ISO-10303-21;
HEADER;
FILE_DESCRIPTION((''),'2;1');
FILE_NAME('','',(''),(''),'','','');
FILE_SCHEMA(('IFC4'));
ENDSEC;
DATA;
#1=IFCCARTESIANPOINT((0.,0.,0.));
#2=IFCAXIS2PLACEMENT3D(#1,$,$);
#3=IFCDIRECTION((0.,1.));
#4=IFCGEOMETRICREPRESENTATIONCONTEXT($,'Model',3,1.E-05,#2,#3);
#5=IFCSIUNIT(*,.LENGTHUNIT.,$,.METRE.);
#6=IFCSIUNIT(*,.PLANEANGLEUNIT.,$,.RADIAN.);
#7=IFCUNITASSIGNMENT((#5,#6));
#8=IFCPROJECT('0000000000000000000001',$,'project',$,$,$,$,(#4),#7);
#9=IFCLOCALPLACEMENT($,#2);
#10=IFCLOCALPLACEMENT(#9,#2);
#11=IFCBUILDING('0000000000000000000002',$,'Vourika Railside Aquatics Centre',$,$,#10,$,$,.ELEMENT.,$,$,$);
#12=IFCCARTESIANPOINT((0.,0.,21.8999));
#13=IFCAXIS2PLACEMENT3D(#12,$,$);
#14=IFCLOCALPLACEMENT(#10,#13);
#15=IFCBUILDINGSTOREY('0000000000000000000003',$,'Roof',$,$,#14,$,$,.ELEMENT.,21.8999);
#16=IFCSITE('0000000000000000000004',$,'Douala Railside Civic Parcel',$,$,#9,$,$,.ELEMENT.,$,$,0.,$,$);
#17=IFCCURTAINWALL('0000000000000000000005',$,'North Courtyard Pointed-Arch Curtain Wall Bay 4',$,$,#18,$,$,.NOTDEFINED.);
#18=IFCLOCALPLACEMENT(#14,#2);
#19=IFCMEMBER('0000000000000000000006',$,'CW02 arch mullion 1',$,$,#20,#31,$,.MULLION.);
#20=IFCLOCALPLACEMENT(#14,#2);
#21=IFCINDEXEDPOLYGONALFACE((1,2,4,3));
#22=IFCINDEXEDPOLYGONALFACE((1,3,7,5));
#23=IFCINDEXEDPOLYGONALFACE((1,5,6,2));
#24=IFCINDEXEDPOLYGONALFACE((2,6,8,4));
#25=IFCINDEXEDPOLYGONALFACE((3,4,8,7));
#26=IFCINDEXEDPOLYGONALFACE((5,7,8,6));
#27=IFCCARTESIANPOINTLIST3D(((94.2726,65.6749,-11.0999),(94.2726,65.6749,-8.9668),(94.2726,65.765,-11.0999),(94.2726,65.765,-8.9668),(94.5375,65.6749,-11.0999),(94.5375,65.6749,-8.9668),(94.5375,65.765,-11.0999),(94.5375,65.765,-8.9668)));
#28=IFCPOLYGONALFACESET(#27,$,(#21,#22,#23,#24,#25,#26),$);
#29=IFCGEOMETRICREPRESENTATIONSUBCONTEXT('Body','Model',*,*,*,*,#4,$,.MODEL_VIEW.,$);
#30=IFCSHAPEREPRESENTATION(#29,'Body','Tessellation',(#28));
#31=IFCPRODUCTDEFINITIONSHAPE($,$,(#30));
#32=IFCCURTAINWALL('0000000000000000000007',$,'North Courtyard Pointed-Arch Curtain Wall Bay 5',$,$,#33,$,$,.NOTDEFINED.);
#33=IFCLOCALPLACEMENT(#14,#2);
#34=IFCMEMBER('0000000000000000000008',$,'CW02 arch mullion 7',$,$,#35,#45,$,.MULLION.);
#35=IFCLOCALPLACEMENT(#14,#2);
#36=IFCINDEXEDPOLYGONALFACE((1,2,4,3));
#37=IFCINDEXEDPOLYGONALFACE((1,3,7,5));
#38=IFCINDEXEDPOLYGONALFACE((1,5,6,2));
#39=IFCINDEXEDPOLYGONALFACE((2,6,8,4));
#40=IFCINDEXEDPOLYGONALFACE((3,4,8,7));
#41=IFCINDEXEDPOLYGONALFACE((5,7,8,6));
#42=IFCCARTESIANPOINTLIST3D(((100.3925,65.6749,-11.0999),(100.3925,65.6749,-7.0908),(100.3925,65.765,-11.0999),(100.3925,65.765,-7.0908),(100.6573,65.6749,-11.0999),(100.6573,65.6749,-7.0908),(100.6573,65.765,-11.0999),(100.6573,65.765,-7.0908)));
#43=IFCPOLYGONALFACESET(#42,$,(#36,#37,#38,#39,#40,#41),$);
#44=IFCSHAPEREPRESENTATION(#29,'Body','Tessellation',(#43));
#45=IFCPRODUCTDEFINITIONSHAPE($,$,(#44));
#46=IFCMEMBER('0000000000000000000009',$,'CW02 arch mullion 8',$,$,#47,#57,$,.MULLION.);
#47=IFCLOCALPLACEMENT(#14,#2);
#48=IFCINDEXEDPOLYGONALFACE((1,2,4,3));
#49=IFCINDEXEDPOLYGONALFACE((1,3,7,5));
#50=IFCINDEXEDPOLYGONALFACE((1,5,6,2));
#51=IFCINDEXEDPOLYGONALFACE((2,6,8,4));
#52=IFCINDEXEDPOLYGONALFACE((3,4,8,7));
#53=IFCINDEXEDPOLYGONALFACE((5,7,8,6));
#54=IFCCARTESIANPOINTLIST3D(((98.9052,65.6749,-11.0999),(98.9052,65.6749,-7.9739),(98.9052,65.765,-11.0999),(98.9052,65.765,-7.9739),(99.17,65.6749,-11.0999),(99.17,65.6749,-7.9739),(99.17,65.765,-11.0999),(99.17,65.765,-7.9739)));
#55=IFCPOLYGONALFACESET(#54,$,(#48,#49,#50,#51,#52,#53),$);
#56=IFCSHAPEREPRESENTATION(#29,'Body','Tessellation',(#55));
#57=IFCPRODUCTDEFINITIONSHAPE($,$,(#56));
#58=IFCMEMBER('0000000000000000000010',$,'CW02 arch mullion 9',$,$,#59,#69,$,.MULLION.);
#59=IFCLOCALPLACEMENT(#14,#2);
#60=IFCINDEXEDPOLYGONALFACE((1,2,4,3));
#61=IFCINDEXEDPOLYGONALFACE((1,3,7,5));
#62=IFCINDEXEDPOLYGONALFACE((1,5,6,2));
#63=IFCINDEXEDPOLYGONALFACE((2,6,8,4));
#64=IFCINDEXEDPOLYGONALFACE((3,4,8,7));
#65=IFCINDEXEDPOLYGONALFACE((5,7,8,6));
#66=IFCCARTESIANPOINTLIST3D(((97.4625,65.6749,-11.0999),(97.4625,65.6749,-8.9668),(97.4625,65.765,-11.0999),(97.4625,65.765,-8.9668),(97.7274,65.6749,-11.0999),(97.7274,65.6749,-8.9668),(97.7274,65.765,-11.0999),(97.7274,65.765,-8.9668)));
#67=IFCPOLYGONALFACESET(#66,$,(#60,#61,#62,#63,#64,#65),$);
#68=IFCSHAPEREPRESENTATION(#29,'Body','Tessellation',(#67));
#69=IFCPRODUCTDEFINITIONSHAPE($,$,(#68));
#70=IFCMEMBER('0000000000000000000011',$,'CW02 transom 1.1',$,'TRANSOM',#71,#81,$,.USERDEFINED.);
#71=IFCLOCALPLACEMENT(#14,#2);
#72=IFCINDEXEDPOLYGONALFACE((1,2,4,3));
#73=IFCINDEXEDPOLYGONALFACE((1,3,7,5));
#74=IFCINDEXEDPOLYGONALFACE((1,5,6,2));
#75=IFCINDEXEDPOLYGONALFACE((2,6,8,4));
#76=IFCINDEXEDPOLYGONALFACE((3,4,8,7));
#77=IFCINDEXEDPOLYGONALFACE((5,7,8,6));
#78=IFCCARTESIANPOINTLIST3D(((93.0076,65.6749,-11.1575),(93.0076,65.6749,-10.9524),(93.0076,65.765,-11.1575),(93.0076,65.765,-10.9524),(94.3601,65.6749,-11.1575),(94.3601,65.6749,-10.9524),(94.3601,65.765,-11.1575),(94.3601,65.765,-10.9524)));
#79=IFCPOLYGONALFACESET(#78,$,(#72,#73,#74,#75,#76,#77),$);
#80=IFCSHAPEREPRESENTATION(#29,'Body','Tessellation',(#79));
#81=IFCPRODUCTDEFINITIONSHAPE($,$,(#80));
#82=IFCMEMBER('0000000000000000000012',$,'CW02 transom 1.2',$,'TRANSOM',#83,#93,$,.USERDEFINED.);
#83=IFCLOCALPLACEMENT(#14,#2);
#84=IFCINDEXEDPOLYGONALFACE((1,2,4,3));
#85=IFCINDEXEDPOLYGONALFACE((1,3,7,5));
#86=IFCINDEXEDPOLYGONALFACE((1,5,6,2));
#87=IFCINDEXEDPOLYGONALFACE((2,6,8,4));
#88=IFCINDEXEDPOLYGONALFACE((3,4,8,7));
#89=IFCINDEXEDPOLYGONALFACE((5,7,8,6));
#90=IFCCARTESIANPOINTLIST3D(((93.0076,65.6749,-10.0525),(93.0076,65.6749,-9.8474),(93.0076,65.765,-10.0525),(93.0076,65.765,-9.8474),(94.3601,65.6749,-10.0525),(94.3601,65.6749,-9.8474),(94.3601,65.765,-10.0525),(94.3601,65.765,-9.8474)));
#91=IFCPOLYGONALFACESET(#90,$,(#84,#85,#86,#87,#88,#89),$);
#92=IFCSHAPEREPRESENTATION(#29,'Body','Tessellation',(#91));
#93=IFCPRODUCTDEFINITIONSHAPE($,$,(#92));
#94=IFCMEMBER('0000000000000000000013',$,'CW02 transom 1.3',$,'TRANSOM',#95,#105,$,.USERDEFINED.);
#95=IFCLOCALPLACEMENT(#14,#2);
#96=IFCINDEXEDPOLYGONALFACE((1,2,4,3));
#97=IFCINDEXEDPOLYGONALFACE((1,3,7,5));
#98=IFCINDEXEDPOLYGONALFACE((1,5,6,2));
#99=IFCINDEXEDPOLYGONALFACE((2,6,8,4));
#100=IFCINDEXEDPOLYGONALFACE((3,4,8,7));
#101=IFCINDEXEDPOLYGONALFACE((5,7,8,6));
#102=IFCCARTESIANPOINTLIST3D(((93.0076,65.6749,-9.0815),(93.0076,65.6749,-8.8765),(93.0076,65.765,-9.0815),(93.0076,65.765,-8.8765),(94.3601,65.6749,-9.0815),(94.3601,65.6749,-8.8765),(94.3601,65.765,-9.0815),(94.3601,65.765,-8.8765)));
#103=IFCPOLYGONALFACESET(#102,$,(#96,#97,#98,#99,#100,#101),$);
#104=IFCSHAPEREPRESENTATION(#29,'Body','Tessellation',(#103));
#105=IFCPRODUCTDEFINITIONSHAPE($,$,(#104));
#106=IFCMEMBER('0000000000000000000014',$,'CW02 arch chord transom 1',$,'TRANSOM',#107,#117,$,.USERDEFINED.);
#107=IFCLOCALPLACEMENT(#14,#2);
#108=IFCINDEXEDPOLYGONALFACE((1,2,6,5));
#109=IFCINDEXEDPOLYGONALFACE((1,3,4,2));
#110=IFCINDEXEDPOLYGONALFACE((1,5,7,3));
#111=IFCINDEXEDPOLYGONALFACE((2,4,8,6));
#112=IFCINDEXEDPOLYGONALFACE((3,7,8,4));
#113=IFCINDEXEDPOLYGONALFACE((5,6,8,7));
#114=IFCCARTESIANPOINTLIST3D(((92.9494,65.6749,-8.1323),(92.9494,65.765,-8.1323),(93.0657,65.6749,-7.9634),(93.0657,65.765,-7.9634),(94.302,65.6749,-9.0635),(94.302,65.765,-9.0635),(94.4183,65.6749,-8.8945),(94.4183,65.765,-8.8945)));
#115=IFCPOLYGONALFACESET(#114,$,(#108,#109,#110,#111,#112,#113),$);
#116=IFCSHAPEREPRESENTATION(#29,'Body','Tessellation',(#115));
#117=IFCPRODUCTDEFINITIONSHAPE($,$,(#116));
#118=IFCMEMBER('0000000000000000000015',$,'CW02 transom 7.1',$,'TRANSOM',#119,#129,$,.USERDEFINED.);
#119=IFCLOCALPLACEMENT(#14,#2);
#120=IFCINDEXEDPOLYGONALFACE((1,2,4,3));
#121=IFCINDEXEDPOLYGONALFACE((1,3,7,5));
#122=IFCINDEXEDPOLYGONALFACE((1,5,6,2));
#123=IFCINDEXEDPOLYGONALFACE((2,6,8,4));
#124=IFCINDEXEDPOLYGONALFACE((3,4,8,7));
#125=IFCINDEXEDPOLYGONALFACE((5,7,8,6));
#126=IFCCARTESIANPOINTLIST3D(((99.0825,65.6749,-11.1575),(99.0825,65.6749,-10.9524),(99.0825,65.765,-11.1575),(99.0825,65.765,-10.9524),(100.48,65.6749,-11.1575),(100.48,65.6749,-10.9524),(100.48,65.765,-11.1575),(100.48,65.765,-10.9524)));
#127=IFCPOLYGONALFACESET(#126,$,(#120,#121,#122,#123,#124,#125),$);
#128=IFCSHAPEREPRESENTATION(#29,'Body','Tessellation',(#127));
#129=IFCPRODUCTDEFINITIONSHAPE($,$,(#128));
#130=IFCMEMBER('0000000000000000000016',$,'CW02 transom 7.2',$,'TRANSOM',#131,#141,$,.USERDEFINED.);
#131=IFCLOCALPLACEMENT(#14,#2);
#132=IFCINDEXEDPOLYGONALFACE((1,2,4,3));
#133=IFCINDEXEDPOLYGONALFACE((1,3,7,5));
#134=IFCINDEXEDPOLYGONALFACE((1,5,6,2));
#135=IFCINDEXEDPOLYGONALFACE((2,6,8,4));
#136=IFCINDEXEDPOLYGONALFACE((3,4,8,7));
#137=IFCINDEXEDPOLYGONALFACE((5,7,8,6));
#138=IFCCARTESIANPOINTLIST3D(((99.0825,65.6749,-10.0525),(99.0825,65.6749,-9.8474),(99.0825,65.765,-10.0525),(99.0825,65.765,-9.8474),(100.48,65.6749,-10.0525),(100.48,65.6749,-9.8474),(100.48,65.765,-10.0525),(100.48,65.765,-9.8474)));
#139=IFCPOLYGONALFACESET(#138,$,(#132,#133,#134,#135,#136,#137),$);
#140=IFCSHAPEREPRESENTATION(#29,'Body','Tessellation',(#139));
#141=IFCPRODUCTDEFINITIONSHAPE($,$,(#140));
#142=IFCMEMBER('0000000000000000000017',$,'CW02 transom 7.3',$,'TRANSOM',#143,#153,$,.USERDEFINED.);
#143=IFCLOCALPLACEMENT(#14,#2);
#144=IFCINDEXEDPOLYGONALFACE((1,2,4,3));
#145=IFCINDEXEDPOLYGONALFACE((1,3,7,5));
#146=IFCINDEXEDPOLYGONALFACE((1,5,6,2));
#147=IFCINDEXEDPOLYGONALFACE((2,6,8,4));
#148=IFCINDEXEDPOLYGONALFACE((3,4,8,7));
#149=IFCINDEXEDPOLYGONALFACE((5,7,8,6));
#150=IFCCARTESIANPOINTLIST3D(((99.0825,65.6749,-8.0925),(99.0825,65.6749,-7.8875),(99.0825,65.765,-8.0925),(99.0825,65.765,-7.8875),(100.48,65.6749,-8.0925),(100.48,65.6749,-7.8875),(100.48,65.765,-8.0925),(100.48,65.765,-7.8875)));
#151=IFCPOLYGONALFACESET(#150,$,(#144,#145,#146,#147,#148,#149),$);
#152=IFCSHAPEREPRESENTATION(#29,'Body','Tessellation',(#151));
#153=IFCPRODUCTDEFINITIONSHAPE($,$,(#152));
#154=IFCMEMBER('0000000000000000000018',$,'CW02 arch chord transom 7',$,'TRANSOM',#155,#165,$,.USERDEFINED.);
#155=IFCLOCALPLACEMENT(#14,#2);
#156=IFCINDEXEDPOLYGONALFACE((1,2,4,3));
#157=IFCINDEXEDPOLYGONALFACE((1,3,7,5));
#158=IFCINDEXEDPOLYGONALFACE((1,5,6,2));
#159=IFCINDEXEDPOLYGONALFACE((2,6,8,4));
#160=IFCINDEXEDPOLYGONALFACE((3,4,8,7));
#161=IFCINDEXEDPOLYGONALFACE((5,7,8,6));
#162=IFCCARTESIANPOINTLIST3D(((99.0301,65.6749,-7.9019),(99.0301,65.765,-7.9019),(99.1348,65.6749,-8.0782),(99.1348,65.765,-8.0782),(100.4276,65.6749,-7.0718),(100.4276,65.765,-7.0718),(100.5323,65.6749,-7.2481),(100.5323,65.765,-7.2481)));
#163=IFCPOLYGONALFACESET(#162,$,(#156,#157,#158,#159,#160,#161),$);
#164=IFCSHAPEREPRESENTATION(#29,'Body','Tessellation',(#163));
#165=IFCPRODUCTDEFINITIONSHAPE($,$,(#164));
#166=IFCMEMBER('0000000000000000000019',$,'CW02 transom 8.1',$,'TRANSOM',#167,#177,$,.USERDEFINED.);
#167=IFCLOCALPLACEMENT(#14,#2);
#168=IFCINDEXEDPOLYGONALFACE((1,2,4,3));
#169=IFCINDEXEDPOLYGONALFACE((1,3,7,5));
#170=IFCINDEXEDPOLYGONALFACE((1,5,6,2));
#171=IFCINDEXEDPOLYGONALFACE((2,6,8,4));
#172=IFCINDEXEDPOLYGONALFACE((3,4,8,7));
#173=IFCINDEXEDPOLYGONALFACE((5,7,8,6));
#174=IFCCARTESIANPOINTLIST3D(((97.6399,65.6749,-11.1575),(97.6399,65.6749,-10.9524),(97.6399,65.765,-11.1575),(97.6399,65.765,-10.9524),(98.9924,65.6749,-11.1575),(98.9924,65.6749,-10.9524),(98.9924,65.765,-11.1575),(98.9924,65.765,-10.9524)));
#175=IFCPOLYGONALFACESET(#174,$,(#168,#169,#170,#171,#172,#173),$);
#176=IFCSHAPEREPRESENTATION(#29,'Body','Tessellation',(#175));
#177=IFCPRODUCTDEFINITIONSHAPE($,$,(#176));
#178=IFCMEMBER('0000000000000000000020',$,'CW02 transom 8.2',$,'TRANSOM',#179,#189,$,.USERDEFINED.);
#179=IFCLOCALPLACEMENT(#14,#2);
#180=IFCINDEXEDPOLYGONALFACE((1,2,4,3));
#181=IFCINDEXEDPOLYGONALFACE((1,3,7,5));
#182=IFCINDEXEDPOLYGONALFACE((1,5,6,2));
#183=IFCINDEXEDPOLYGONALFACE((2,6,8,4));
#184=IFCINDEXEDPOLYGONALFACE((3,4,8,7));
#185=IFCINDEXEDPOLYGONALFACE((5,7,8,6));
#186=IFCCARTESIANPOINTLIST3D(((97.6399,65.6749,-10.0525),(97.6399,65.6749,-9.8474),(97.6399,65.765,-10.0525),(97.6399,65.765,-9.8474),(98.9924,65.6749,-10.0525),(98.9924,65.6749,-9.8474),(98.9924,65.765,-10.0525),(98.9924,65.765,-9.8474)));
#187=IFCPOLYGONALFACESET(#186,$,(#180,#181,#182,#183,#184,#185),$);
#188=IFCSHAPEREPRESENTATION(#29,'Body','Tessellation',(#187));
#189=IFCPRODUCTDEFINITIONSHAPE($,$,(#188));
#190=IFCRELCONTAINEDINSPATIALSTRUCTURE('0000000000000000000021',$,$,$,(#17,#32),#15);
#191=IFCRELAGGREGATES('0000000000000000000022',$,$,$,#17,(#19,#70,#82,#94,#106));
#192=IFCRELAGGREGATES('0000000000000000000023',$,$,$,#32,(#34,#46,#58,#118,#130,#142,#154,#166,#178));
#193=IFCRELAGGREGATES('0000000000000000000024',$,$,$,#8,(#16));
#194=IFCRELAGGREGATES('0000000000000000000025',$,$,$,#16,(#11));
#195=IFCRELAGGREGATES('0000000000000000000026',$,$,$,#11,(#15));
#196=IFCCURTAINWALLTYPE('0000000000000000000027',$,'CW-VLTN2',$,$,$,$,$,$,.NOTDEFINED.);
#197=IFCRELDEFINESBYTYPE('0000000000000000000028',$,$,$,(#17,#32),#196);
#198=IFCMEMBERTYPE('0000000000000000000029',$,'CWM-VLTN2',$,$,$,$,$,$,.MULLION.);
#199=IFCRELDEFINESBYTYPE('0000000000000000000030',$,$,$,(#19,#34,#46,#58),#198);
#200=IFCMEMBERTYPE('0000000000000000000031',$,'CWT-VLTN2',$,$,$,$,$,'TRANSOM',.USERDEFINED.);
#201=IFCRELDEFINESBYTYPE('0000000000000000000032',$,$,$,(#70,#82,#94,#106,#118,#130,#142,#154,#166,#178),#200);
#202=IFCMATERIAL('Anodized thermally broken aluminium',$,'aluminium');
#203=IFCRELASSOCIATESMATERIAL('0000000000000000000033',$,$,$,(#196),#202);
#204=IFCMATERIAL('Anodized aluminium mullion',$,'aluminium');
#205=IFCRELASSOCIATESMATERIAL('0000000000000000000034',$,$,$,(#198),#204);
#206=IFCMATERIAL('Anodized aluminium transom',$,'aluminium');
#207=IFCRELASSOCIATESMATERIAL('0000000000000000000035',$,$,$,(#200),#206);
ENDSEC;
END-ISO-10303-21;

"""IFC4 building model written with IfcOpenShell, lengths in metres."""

from ifc_helpers import new_model, si_unit, direction, frame, origin, origin_2d, place, context, subcontext, project, spatial, rectangle, extrude, material, material_profile, profile_set, type_object, element, aggregate, save


model = new_model("IFC4")

# Units and contexts
model_context = context("Model", 3, precision=1e-05, world=origin(), true_north=direction((0.0, 1.0)))
body_context = subcontext(model_context, "Body", "Model", "MODEL_VIEW")
ifc_project = project(units=[si_unit("LENGTHUNIT", "METRE"), si_unit("PLANEANGLEUNIT", "RADIAN")], contexts=[model_context])

# Site, building, storey
site_placement = place(None, origin())
site = spatial("IfcSite", under=ifc_project, at=site_placement, Name="Douala Railside Civic Parcel", CompositionType="ELEMENT", RefElevation=0.0)
building_placement = place(site_placement, origin())
building = spatial("IfcBuilding", under=site, at=building_placement, Name="Vourika Railside Aquatics Centre", CompositionType="ELEMENT")
storey_placement = place(building_placement, frame((0.0, 0.0, 21.8999)))
storey = spatial("IfcBuildingStorey", under=building, at=storey_placement, Name="Roof", CompositionType="ELEMENT", Elevation=21.8999)

# Curtain wall, member
ifc_material_1 = material(Name="Anodized thermally broken aluminium", Category="aluminium")
curtain_wall_type = type_object("IfcCurtainWallType", Name="CW-VLTN2", PredefinedType="NOTDEFINED", material=ifc_material_1)
curtain_wall_1_placement = place(storey_placement, origin())
curtain_wall_1 = element("IfcCurtainWall", 1, at=curtain_wall_1_placement, inside=storey, type_object=curtain_wall_type, Name="North Courtyard Pointed-Arch Curtain Wall Bay 4", PredefinedType="NOTDEFINED")
ifc_material_2 = material(Name="Anodized aluminium mullion", Category="aluminium")
ifc_material_profile_1 = material_profile(ifc_material_2, rectangle(XDim=0.0901, YDim=0.2649, at=origin_2d()), Name="ALU-M 90x265")
ifc_profile_set_1 = profile_set([ifc_material_profile_1], Name="Anodized aluminium mullion")
member_type_1 = type_object("IfcMemberType", Name="CWM-VLTN2", PredefinedType="MULLION", material=ifc_profile_set_1)
member_1_placement = place(storey_placement, frame((94.405, 65.72, -11.0999), z_axis=(0.0, 0.0, 1.0), x_axis=(0.0, -1.0, 0.0)))
member_1 = element("IfcMember", 2, at=member_1_placement, type_object=member_type_1, Name="CW02 arch mullion 1", PredefinedType="MULLION", context=body_context, shape_type="SweptSolid", body=[
    extrude(rectangle(XDim=0.0901, YDim=0.2649, at=origin_2d()), origin(), (0.0, 0.0, 1.0), 2.1331),
])

# Curtain wall, members
curtain_wall_2_placement = place(storey_placement, origin())
curtain_wall_2 = element("IfcCurtainWall", 3, at=curtain_wall_2_placement, inside=storey, type_object=curtain_wall_type, Name="North Courtyard Pointed-Arch Curtain Wall Bay 5", PredefinedType="NOTDEFINED")
member_2_placement = place(storey_placement, frame((100.5249, 65.72, -11.0999), z_axis=(0.0, 0.0, 1.0), x_axis=(0.0, -1.0, 0.0)))
member_2 = element("IfcMember", 4, at=member_2_placement, type_object=member_type_1, Name="CW02 arch mullion 7", PredefinedType="MULLION", context=body_context, shape_type="SweptSolid", body=[
    extrude(rectangle(XDim=0.0901, YDim=0.2649, at=origin_2d()), origin(), (0.0, 0.0, 1.0), 4.009),
])
member_3_placement = place(storey_placement, frame((99.0376, 65.72, -11.0999), z_axis=(0.0, 0.0, 1.0), x_axis=(0.0, -1.0, 0.0)))
member_3 = element("IfcMember", 5, at=member_3_placement, type_object=member_type_1, Name="CW02 arch mullion 8", PredefinedType="MULLION", context=body_context, shape_type="SweptSolid", body=[
    extrude(rectangle(XDim=0.0901, YDim=0.2649, at=origin_2d()), origin(), (0.0, 0.0, 1.0), 3.126),
])
member_4_placement = place(storey_placement, frame((97.595, 65.72, -11.0999), z_axis=(0.0, 0.0, 1.0), x_axis=(0.0, -1.0, 0.0)))
member_4 = element("IfcMember", 6, at=member_4_placement, type_object=member_type_1, Name="CW02 arch mullion 9", PredefinedType="MULLION", context=body_context, shape_type="SweptSolid", body=[
    extrude(rectangle(XDim=0.0901, YDim=0.2649, at=origin_2d()), origin(), (0.0, 0.0, 1.0), 2.1331),
])

# Members
ifc_material_3 = material(Name="Anodized aluminium transom", Category="aluminium")
ifc_material_profile_2 = material_profile(ifc_material_3, rectangle(XDim=0.0901, YDim=0.2051, at=origin_2d()), Name="ALU-T 90x205")
ifc_profile_set_2 = profile_set([ifc_material_profile_2], Name="Anodized aluminium transom")
member_type_2 = type_object("IfcMemberType", Name="CWT-VLTN2", ElementType="TRANSOM", PredefinedType="USERDEFINED", material=ifc_profile_set_2)
member_5_placement = place(storey_placement, frame((94.3601, 65.72, -11.0549), z_axis=(-1.0, 0.0, 0.0), x_axis=(0.0, -1.0, 0.0)))
member_5 = element("IfcMember", 7, at=member_5_placement, type_object=member_type_2, Name="CW02 transom 1.1", ObjectType="TRANSOM", PredefinedType="USERDEFINED", context=body_context, shape_type="SweptSolid", body=[
    extrude(rectangle(XDim=0.0901, YDim=0.2051, at=origin_2d()), origin(), (0.0, 0.0, 1.0), 1.3525),
])
member_6_placement = place(storey_placement, frame((94.3601, 65.72, -9.95), z_axis=(-1.0, 0.0, 0.0), x_axis=(0.0, -1.0, 0.0)))
member_6 = element("IfcMember", 8, at=member_6_placement, type_object=member_type_2, Name="CW02 transom 1.2", ObjectType="TRANSOM", PredefinedType="USERDEFINED", context=body_context, shape_type="SweptSolid", body=[
    extrude(rectangle(XDim=0.0901, YDim=0.2051, at=origin_2d()), origin(), (0.0, 0.0, 1.0), 1.3525),
])
member_7_placement = place(storey_placement, frame((94.3601, 65.72, -8.979), z_axis=(-1.0, 0.0, 0.0), x_axis=(0.0, -1.0, 0.0)))
member_7 = element("IfcMember", 9, at=member_7_placement, type_object=member_type_2, Name="CW02 transom 1.3", ObjectType="TRANSOM", PredefinedType="USERDEFINED", context=body_context, shape_type="SweptSolid", body=[
    extrude(rectangle(XDim=0.0901, YDim=0.2051, at=origin_2d()), origin(), (0.0, 0.0, 1.0), 1.3525),
])
member_8_placement = place(storey_placement, frame((94.3601, 65.72, -8.979), z_axis=(-0.823677, 0.0, 0.567059), x_axis=(0.0, -1.0, 0.0)))
member_8 = element("IfcMember", 10, at=member_8_placement, type_object=member_type_2, Name="CW02 arch chord transom 1", ObjectType="TRANSOM", PredefinedType="USERDEFINED", context=body_context, shape_type="SweptSolid", body=[
    extrude(rectangle(XDim=0.0901, YDim=0.2051, at=origin_2d()), origin(), (0.0, 0.0, 1.0), 1.6421),
])
member_9_placement = place(storey_placement, frame((100.48, 65.72, -11.0549), z_axis=(-1.0, 0.0, 0.0), x_axis=(0.0, -1.0, 0.0)))
member_9 = element("IfcMember", 11, at=member_9_placement, type_object=member_type_2, Name="CW02 transom 7.1", ObjectType="TRANSOM", PredefinedType="USERDEFINED", context=body_context, shape_type="SweptSolid", body=[
    extrude(rectangle(XDim=0.0901, YDim=0.2051, at=origin_2d()), origin(), (0.0, 0.0, 1.0), 1.3975),
])
member_10_placement = place(storey_placement, frame((100.48, 65.72, -9.95), z_axis=(-1.0, 0.0, 0.0), x_axis=(0.0, -1.0, 0.0)))
member_10 = element("IfcMember", 12, at=member_10_placement, type_object=member_type_2, Name="CW02 transom 7.2", ObjectType="TRANSOM", PredefinedType="USERDEFINED", context=body_context, shape_type="SweptSolid", body=[
    extrude(rectangle(XDim=0.0901, YDim=0.2051, at=origin_2d()), origin(), (0.0, 0.0, 1.0), 1.3975),
])
member_11_placement = place(storey_placement, frame((100.48, 65.72, -7.99), z_axis=(-1.0, 0.0, 0.0), x_axis=(0.0, -1.0, 0.0)))
member_11 = element("IfcMember", 13, at=member_11_placement, type_object=member_type_2, Name="CW02 transom 7.3", ObjectType="TRANSOM", PredefinedType="USERDEFINED", context=body_context, shape_type="SweptSolid", body=[
    extrude(rectangle(XDim=0.0901, YDim=0.2051, at=origin_2d()), origin(), (0.0, 0.0, 1.0), 1.3975),
])
member_12_placement = place(storey_placement, frame((100.48, 65.72, -7.1599), z_axis=(-0.859764, 0.0, -0.510691), x_axis=(0.0, -1.0, 0.0)))
member_12 = element("IfcMember", 14, at=member_12_placement, type_object=member_type_2, Name="CW02 arch chord transom 7", ObjectType="TRANSOM", PredefinedType="USERDEFINED", context=body_context, shape_type="SweptSolid", body=[
    extrude(rectangle(XDim=0.0901, YDim=0.2051, at=origin_2d()), origin(), (0.0, 0.0, 1.0), 1.6255),
])
member_13_placement = place(storey_placement, frame((98.9924, 65.72, -11.0549), z_axis=(-1.0, 0.0, 0.0), x_axis=(0.0, -1.0, 0.0)))
member_13 = element("IfcMember", 15, at=member_13_placement, type_object=member_type_2, Name="CW02 transom 8.1", ObjectType="TRANSOM", PredefinedType="USERDEFINED", context=body_context, shape_type="SweptSolid", body=[
    extrude(rectangle(XDim=0.0901, YDim=0.2051, at=origin_2d()), origin(), (0.0, 0.0, 1.0), 1.3525),
])
member_14_placement = place(storey_placement, frame((98.9924, 65.72, -9.95), z_axis=(-1.0, 0.0, 0.0), x_axis=(0.0, -1.0, 0.0)))
member_14 = element("IfcMember", 16, at=member_14_placement, type_object=member_type_2, Name="CW02 transom 8.2", ObjectType="TRANSOM", PredefinedType="USERDEFINED", context=body_context, shape_type="SweptSolid", body=[
    extrude(rectangle(XDim=0.0901, YDim=0.2051, at=origin_2d()), origin(), (0.0, 0.0, 1.0), 1.3525),
])

aggregate(curtain_wall_1, [member_1, member_5, member_6, member_7, member_8])
aggregate(curtain_wall_2, [member_2, member_3, member_4, member_9, member_10, member_11, member_12, member_13, member_14])

save(model, "model.ifc")
